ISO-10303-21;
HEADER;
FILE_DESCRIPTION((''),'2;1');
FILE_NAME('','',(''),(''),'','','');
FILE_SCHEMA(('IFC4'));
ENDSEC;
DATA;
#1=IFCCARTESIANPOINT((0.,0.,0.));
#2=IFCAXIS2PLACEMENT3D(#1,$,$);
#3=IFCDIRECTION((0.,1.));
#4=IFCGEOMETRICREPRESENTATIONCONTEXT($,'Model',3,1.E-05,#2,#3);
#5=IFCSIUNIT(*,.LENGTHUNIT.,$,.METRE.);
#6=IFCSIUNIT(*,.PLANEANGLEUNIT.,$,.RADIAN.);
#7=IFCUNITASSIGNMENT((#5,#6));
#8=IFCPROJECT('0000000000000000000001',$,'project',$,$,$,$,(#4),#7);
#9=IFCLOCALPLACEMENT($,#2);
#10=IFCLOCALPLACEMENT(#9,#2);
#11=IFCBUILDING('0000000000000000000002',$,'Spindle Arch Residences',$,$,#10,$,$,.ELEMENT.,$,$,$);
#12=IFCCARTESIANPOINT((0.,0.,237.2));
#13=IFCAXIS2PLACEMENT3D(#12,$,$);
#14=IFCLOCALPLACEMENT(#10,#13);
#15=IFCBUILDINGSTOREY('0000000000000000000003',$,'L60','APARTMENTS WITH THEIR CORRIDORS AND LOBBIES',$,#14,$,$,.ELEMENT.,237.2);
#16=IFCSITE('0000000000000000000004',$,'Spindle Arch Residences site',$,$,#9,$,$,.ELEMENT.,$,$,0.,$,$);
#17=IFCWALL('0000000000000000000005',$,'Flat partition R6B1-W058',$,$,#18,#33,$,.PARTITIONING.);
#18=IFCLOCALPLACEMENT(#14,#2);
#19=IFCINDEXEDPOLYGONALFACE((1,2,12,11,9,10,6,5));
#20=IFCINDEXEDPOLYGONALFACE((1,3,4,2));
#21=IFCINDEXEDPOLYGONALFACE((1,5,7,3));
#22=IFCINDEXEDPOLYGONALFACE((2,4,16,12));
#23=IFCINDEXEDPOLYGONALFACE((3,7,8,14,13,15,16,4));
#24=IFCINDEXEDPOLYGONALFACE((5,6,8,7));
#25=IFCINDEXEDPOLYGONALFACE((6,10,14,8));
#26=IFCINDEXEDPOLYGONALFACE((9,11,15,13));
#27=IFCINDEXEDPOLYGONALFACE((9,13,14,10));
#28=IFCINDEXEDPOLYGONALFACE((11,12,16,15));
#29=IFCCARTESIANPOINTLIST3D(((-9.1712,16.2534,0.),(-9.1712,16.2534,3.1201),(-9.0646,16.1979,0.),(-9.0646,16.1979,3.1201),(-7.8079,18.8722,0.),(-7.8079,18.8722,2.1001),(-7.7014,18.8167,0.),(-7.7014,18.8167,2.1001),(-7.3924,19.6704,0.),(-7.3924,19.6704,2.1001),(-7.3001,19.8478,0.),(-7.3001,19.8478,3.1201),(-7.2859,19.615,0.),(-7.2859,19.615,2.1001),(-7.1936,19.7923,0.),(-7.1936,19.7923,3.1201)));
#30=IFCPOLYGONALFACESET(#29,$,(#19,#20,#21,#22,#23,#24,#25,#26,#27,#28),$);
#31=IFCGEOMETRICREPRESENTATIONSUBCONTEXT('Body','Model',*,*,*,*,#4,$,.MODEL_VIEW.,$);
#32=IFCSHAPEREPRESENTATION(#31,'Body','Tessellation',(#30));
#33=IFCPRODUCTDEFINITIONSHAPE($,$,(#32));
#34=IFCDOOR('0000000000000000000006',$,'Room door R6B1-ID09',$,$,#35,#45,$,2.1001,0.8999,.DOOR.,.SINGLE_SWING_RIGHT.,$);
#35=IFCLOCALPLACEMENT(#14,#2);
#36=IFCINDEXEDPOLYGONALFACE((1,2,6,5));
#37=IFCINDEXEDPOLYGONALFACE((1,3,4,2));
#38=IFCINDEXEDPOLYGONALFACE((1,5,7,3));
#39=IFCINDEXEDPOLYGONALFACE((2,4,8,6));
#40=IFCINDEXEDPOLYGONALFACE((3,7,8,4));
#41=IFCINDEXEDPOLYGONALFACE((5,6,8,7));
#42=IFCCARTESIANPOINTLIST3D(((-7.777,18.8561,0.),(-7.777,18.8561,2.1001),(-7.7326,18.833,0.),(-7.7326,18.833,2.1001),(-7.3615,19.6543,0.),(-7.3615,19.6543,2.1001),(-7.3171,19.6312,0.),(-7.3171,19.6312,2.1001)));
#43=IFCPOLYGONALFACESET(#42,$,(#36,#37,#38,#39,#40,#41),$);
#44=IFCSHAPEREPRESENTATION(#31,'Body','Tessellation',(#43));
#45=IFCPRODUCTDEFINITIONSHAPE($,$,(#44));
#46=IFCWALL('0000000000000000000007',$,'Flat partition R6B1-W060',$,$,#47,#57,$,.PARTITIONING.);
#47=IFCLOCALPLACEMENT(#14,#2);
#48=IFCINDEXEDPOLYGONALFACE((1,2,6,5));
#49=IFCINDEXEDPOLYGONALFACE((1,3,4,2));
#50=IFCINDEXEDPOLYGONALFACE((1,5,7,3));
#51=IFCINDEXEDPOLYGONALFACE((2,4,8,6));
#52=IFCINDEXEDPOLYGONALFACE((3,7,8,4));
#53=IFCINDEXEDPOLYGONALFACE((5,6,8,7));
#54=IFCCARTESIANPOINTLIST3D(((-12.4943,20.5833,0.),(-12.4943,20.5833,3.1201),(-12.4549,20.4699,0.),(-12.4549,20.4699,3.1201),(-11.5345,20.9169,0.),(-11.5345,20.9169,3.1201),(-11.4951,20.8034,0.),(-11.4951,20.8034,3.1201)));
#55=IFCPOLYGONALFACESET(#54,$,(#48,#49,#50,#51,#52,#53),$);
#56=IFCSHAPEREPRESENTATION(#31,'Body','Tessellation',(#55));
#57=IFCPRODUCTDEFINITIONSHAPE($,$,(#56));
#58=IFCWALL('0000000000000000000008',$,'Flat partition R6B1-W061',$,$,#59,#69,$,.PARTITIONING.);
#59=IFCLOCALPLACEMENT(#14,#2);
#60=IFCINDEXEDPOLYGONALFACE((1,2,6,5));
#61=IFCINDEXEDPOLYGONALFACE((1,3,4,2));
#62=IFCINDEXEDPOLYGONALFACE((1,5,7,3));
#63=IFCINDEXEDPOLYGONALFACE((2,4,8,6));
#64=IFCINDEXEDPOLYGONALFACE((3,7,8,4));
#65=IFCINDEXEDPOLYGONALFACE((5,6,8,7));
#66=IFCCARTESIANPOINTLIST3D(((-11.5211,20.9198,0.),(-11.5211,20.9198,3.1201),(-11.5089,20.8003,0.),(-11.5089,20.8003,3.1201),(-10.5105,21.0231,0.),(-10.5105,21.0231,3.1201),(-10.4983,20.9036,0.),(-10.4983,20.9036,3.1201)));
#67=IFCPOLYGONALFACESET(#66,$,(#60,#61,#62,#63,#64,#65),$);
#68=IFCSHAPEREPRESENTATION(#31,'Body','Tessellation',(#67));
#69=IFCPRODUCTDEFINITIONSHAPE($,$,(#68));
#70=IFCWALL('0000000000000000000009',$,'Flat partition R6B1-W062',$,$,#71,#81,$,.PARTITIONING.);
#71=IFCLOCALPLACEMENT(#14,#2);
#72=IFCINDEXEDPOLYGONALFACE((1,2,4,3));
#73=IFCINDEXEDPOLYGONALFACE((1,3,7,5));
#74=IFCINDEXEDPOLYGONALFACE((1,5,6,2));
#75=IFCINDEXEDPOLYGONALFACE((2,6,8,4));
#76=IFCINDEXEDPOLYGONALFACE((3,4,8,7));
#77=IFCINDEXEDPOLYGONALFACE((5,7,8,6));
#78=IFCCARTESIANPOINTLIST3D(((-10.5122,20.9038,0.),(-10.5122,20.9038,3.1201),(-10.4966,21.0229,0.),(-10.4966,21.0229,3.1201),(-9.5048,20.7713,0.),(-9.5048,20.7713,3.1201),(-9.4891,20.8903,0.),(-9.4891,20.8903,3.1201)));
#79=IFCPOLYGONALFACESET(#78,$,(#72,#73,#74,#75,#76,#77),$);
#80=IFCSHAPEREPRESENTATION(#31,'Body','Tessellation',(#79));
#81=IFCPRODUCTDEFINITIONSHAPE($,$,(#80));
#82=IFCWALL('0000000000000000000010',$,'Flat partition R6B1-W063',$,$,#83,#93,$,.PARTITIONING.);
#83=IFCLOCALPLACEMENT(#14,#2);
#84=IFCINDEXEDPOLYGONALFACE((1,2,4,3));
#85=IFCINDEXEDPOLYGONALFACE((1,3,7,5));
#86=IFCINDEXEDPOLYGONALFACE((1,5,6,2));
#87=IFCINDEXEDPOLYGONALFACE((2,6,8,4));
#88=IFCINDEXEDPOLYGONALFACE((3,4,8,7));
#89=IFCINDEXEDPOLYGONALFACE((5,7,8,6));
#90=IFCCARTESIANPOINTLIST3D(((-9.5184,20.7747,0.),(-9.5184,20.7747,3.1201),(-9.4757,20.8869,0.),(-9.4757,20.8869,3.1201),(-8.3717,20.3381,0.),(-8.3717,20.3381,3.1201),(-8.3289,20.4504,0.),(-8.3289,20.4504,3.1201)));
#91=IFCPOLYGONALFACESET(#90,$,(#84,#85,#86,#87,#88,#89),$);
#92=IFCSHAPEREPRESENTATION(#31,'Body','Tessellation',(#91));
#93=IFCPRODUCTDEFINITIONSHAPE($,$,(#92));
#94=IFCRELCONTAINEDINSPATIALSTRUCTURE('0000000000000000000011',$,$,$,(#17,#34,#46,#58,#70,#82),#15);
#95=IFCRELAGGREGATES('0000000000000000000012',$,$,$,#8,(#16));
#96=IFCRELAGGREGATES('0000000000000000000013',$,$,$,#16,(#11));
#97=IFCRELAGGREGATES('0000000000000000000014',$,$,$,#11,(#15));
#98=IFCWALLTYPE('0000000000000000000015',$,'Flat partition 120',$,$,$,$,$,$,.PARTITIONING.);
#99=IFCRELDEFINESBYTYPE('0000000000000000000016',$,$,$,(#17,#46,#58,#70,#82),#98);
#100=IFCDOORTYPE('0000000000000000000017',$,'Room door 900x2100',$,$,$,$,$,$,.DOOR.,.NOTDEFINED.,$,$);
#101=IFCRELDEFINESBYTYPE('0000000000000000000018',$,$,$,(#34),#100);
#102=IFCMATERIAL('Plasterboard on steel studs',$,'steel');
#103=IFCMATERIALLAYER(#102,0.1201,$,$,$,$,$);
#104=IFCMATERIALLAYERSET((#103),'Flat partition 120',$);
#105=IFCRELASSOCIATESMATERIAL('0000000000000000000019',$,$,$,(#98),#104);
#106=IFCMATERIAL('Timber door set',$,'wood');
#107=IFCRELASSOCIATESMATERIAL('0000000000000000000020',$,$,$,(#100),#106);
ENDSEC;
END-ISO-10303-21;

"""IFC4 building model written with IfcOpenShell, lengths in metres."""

from ifc_helpers import new_model, si_unit, direction, frame, frame_2d, origin, place, context, subcontext, project, spatial, rectangle, extrude, material, layer, layer_set, type_object, element, fill, save


model = new_model("IFC4")

# Units and contexts
model_context = context("Model", 3, precision=1e-05, world=origin(), true_north=direction((0.0, 1.0)))
body_context = subcontext(model_context, "Body", "Model", "MODEL_VIEW")
ifc_project = project(units=[si_unit("LENGTHUNIT", "METRE"), si_unit("PLANEANGLEUNIT", "RADIAN")], contexts=[model_context])

# Site, building, storey
site_placement = place(None, origin())
site = spatial("IfcSite", under=ifc_project, at=site_placement, Name="Spindle Arch Residences site", CompositionType="ELEMENT", RefElevation=0.0)
building_placement = place(site_placement, origin())
building = spatial("IfcBuilding", under=site, at=building_placement, Name="Spindle Arch Residences", CompositionType="ELEMENT")
storey_placement = place(building_placement, frame((0.0, 0.0, 237.2)))
storey = spatial("IfcBuildingStorey", under=building, at=storey_placement, Name="L60", Description="APARTMENTS WITH THEIR CORRIDORS AND LOBBIES", CompositionType="ELEMENT", Elevation=237.2)

# Shared definitions
ifc_material_1 = material(Name="Plasterboard on steel studs", Category="steel")
ifc_layer_1 = layer(ifc_material_1, 0.1201)
ifc_layer_set_1 = layer_set([ifc_layer_1], Name="Flat partition 120")
wall_type = type_object("IfcWallType", Name="Flat partition 120", PredefinedType="PARTITIONING", material=ifc_layer_set_1)
ifc_material_2 = material(Name="Timber door set", Category="wood")
door_type = type_object("IfcDoorType", Name="Room door 900x2100", OperationType="NOTDEFINED", PredefinedType="DOOR", material=ifc_material_2)

# Wall, opening, door
wall_1_placement = place(storey_placement, frame((-7.2468, 19.8201, 0.0), z_axis=(0.0, 0.0, 1.0), x_axis=(-0.461734, -0.887018, 0.0)))
wall_1 = element("IfcWall", 1, at=wall_1_placement, inside=storey, type_object=wall_type, Name="Flat partition R6B1-W058", PredefinedType="PARTITIONING", context=body_context, shape_type="SweptSolid", body=[
    extrude(rectangle(XDim=4.0522, YDim=0.1201, at=frame_2d((2.0261, 0.0))), origin(), (0.0, 0.0, 1.0), 3.1201),
])
opening_1_placement = place(wall_1_placement, frame((0.2, 0.0, 0.0)))
opening_1 = element("IfcOpeningElement", 2, at=opening_1_placement, cuts=wall_1, PredefinedType="OPENING", context=body_context, shape_type="SweptSolid", body=[
    extrude(rectangle(XDim=0.8999, YDim=2.1001, at=frame_2d((0.45, 1.05))), frame((0.0, 0.0701, 0.0), z_axis=(0.0, -1.0, 0.0), x_axis=(1.0, 0.0, 0.0)), (0.0, 0.0, 1.0), 0.1401),
])
door_1_placement = place(opening_1_placement, origin())
door_1 = element("IfcDoor", 3, at=door_1_placement, inside=storey, type_object=door_type, Name="Room door R6B1-ID09", OperationType="SINGLE_SWING_RIGHT", OverallHeight=2.1001, OverallWidth=0.8999, PredefinedType="DOOR", context=body_context, shape_type="SweptSolid", body=[
    extrude(rectangle(XDim=0.8999, YDim=2.1001, at=frame_2d((0.45, 1.05))), frame((0.0, 0.0249, 0.0), z_axis=(0.0, -1.0, 0.0), x_axis=(1.0, 0.0, 0.0)), (0.0, 0.0, 1.0), 0.05),
])
fill(opening_1, door_1)

# Walls
wall_2_placement = place(storey_placement, frame((-12.4746, 20.5266, 0.0), z_axis=(0.0, 0.0, 1.0), x_axis=(0.944594, 0.328241, 0.0)))
element("IfcWall", 4, at=wall_2_placement, inside=storey, type_object=wall_type, Name="Flat partition R6B1-W060", PredefinedType="PARTITIONING", context=body_context, shape_type="SweptSolid", body=[
    extrude(rectangle(XDim=1.0161, YDim=0.1201, at=frame_2d((0.5081, 0.0))), origin(), (0.0, 0.0, 1.0), 3.1201),
])
wall_3_placement = place(storey_placement, frame((-11.5149, 20.8601, 0.0), z_axis=(0.0, 0.0, 1.0), x_axis=(0.994818, 0.101669, 0.0)))
element("IfcWall", 5, at=wall_3_placement, inside=storey, type_object=wall_type, Name="Flat partition R6B1-W061", PredefinedType="PARTITIONING", context=body_context, shape_type="SweptSolid", body=[
    extrude(rectangle(XDim=1.0159, YDim=0.1201, at=frame_2d((0.5078, 0.0))), origin(), (0.0, 0.0, 1.0), 3.1201),
])
wall_4_placement = place(storey_placement, frame((-10.5044, 20.9634, 0.0), z_axis=(0.0, 0.0, 1.0), x_axis=(0.991451, -0.130479, 0.0)))
element("IfcWall", 6, at=wall_4_placement, inside=storey, type_object=wall_type, Name="Flat partition R6B1-W062", PredefinedType="PARTITIONING", context=body_context, shape_type="SweptSolid", body=[
    extrude(rectangle(XDim=1.0161, YDim=0.1201, at=frame_2d((0.5081, 0.0))), origin(), (0.0, 0.0, 1.0), 3.1201),
])
wall_5_placement = place(storey_placement, frame((-9.4971, 20.8308, 0.0), z_axis=(0.0, 0.0, 1.0), x_axis=(0.934576, -0.355764, 0.0)))
element("IfcWall", 7, at=wall_5_placement, inside=storey, type_object=wall_type, Name="Flat partition R6B1-W063", PredefinedType="PARTITIONING", context=body_context, shape_type="SweptSolid", body=[
    extrude(rectangle(XDim=1.2271, YDim=0.1201, at=frame_2d((0.6135, 0.0))), origin(), (0.0, 0.0, 1.0), 3.1201),
])

save(model, "model.ifc")
